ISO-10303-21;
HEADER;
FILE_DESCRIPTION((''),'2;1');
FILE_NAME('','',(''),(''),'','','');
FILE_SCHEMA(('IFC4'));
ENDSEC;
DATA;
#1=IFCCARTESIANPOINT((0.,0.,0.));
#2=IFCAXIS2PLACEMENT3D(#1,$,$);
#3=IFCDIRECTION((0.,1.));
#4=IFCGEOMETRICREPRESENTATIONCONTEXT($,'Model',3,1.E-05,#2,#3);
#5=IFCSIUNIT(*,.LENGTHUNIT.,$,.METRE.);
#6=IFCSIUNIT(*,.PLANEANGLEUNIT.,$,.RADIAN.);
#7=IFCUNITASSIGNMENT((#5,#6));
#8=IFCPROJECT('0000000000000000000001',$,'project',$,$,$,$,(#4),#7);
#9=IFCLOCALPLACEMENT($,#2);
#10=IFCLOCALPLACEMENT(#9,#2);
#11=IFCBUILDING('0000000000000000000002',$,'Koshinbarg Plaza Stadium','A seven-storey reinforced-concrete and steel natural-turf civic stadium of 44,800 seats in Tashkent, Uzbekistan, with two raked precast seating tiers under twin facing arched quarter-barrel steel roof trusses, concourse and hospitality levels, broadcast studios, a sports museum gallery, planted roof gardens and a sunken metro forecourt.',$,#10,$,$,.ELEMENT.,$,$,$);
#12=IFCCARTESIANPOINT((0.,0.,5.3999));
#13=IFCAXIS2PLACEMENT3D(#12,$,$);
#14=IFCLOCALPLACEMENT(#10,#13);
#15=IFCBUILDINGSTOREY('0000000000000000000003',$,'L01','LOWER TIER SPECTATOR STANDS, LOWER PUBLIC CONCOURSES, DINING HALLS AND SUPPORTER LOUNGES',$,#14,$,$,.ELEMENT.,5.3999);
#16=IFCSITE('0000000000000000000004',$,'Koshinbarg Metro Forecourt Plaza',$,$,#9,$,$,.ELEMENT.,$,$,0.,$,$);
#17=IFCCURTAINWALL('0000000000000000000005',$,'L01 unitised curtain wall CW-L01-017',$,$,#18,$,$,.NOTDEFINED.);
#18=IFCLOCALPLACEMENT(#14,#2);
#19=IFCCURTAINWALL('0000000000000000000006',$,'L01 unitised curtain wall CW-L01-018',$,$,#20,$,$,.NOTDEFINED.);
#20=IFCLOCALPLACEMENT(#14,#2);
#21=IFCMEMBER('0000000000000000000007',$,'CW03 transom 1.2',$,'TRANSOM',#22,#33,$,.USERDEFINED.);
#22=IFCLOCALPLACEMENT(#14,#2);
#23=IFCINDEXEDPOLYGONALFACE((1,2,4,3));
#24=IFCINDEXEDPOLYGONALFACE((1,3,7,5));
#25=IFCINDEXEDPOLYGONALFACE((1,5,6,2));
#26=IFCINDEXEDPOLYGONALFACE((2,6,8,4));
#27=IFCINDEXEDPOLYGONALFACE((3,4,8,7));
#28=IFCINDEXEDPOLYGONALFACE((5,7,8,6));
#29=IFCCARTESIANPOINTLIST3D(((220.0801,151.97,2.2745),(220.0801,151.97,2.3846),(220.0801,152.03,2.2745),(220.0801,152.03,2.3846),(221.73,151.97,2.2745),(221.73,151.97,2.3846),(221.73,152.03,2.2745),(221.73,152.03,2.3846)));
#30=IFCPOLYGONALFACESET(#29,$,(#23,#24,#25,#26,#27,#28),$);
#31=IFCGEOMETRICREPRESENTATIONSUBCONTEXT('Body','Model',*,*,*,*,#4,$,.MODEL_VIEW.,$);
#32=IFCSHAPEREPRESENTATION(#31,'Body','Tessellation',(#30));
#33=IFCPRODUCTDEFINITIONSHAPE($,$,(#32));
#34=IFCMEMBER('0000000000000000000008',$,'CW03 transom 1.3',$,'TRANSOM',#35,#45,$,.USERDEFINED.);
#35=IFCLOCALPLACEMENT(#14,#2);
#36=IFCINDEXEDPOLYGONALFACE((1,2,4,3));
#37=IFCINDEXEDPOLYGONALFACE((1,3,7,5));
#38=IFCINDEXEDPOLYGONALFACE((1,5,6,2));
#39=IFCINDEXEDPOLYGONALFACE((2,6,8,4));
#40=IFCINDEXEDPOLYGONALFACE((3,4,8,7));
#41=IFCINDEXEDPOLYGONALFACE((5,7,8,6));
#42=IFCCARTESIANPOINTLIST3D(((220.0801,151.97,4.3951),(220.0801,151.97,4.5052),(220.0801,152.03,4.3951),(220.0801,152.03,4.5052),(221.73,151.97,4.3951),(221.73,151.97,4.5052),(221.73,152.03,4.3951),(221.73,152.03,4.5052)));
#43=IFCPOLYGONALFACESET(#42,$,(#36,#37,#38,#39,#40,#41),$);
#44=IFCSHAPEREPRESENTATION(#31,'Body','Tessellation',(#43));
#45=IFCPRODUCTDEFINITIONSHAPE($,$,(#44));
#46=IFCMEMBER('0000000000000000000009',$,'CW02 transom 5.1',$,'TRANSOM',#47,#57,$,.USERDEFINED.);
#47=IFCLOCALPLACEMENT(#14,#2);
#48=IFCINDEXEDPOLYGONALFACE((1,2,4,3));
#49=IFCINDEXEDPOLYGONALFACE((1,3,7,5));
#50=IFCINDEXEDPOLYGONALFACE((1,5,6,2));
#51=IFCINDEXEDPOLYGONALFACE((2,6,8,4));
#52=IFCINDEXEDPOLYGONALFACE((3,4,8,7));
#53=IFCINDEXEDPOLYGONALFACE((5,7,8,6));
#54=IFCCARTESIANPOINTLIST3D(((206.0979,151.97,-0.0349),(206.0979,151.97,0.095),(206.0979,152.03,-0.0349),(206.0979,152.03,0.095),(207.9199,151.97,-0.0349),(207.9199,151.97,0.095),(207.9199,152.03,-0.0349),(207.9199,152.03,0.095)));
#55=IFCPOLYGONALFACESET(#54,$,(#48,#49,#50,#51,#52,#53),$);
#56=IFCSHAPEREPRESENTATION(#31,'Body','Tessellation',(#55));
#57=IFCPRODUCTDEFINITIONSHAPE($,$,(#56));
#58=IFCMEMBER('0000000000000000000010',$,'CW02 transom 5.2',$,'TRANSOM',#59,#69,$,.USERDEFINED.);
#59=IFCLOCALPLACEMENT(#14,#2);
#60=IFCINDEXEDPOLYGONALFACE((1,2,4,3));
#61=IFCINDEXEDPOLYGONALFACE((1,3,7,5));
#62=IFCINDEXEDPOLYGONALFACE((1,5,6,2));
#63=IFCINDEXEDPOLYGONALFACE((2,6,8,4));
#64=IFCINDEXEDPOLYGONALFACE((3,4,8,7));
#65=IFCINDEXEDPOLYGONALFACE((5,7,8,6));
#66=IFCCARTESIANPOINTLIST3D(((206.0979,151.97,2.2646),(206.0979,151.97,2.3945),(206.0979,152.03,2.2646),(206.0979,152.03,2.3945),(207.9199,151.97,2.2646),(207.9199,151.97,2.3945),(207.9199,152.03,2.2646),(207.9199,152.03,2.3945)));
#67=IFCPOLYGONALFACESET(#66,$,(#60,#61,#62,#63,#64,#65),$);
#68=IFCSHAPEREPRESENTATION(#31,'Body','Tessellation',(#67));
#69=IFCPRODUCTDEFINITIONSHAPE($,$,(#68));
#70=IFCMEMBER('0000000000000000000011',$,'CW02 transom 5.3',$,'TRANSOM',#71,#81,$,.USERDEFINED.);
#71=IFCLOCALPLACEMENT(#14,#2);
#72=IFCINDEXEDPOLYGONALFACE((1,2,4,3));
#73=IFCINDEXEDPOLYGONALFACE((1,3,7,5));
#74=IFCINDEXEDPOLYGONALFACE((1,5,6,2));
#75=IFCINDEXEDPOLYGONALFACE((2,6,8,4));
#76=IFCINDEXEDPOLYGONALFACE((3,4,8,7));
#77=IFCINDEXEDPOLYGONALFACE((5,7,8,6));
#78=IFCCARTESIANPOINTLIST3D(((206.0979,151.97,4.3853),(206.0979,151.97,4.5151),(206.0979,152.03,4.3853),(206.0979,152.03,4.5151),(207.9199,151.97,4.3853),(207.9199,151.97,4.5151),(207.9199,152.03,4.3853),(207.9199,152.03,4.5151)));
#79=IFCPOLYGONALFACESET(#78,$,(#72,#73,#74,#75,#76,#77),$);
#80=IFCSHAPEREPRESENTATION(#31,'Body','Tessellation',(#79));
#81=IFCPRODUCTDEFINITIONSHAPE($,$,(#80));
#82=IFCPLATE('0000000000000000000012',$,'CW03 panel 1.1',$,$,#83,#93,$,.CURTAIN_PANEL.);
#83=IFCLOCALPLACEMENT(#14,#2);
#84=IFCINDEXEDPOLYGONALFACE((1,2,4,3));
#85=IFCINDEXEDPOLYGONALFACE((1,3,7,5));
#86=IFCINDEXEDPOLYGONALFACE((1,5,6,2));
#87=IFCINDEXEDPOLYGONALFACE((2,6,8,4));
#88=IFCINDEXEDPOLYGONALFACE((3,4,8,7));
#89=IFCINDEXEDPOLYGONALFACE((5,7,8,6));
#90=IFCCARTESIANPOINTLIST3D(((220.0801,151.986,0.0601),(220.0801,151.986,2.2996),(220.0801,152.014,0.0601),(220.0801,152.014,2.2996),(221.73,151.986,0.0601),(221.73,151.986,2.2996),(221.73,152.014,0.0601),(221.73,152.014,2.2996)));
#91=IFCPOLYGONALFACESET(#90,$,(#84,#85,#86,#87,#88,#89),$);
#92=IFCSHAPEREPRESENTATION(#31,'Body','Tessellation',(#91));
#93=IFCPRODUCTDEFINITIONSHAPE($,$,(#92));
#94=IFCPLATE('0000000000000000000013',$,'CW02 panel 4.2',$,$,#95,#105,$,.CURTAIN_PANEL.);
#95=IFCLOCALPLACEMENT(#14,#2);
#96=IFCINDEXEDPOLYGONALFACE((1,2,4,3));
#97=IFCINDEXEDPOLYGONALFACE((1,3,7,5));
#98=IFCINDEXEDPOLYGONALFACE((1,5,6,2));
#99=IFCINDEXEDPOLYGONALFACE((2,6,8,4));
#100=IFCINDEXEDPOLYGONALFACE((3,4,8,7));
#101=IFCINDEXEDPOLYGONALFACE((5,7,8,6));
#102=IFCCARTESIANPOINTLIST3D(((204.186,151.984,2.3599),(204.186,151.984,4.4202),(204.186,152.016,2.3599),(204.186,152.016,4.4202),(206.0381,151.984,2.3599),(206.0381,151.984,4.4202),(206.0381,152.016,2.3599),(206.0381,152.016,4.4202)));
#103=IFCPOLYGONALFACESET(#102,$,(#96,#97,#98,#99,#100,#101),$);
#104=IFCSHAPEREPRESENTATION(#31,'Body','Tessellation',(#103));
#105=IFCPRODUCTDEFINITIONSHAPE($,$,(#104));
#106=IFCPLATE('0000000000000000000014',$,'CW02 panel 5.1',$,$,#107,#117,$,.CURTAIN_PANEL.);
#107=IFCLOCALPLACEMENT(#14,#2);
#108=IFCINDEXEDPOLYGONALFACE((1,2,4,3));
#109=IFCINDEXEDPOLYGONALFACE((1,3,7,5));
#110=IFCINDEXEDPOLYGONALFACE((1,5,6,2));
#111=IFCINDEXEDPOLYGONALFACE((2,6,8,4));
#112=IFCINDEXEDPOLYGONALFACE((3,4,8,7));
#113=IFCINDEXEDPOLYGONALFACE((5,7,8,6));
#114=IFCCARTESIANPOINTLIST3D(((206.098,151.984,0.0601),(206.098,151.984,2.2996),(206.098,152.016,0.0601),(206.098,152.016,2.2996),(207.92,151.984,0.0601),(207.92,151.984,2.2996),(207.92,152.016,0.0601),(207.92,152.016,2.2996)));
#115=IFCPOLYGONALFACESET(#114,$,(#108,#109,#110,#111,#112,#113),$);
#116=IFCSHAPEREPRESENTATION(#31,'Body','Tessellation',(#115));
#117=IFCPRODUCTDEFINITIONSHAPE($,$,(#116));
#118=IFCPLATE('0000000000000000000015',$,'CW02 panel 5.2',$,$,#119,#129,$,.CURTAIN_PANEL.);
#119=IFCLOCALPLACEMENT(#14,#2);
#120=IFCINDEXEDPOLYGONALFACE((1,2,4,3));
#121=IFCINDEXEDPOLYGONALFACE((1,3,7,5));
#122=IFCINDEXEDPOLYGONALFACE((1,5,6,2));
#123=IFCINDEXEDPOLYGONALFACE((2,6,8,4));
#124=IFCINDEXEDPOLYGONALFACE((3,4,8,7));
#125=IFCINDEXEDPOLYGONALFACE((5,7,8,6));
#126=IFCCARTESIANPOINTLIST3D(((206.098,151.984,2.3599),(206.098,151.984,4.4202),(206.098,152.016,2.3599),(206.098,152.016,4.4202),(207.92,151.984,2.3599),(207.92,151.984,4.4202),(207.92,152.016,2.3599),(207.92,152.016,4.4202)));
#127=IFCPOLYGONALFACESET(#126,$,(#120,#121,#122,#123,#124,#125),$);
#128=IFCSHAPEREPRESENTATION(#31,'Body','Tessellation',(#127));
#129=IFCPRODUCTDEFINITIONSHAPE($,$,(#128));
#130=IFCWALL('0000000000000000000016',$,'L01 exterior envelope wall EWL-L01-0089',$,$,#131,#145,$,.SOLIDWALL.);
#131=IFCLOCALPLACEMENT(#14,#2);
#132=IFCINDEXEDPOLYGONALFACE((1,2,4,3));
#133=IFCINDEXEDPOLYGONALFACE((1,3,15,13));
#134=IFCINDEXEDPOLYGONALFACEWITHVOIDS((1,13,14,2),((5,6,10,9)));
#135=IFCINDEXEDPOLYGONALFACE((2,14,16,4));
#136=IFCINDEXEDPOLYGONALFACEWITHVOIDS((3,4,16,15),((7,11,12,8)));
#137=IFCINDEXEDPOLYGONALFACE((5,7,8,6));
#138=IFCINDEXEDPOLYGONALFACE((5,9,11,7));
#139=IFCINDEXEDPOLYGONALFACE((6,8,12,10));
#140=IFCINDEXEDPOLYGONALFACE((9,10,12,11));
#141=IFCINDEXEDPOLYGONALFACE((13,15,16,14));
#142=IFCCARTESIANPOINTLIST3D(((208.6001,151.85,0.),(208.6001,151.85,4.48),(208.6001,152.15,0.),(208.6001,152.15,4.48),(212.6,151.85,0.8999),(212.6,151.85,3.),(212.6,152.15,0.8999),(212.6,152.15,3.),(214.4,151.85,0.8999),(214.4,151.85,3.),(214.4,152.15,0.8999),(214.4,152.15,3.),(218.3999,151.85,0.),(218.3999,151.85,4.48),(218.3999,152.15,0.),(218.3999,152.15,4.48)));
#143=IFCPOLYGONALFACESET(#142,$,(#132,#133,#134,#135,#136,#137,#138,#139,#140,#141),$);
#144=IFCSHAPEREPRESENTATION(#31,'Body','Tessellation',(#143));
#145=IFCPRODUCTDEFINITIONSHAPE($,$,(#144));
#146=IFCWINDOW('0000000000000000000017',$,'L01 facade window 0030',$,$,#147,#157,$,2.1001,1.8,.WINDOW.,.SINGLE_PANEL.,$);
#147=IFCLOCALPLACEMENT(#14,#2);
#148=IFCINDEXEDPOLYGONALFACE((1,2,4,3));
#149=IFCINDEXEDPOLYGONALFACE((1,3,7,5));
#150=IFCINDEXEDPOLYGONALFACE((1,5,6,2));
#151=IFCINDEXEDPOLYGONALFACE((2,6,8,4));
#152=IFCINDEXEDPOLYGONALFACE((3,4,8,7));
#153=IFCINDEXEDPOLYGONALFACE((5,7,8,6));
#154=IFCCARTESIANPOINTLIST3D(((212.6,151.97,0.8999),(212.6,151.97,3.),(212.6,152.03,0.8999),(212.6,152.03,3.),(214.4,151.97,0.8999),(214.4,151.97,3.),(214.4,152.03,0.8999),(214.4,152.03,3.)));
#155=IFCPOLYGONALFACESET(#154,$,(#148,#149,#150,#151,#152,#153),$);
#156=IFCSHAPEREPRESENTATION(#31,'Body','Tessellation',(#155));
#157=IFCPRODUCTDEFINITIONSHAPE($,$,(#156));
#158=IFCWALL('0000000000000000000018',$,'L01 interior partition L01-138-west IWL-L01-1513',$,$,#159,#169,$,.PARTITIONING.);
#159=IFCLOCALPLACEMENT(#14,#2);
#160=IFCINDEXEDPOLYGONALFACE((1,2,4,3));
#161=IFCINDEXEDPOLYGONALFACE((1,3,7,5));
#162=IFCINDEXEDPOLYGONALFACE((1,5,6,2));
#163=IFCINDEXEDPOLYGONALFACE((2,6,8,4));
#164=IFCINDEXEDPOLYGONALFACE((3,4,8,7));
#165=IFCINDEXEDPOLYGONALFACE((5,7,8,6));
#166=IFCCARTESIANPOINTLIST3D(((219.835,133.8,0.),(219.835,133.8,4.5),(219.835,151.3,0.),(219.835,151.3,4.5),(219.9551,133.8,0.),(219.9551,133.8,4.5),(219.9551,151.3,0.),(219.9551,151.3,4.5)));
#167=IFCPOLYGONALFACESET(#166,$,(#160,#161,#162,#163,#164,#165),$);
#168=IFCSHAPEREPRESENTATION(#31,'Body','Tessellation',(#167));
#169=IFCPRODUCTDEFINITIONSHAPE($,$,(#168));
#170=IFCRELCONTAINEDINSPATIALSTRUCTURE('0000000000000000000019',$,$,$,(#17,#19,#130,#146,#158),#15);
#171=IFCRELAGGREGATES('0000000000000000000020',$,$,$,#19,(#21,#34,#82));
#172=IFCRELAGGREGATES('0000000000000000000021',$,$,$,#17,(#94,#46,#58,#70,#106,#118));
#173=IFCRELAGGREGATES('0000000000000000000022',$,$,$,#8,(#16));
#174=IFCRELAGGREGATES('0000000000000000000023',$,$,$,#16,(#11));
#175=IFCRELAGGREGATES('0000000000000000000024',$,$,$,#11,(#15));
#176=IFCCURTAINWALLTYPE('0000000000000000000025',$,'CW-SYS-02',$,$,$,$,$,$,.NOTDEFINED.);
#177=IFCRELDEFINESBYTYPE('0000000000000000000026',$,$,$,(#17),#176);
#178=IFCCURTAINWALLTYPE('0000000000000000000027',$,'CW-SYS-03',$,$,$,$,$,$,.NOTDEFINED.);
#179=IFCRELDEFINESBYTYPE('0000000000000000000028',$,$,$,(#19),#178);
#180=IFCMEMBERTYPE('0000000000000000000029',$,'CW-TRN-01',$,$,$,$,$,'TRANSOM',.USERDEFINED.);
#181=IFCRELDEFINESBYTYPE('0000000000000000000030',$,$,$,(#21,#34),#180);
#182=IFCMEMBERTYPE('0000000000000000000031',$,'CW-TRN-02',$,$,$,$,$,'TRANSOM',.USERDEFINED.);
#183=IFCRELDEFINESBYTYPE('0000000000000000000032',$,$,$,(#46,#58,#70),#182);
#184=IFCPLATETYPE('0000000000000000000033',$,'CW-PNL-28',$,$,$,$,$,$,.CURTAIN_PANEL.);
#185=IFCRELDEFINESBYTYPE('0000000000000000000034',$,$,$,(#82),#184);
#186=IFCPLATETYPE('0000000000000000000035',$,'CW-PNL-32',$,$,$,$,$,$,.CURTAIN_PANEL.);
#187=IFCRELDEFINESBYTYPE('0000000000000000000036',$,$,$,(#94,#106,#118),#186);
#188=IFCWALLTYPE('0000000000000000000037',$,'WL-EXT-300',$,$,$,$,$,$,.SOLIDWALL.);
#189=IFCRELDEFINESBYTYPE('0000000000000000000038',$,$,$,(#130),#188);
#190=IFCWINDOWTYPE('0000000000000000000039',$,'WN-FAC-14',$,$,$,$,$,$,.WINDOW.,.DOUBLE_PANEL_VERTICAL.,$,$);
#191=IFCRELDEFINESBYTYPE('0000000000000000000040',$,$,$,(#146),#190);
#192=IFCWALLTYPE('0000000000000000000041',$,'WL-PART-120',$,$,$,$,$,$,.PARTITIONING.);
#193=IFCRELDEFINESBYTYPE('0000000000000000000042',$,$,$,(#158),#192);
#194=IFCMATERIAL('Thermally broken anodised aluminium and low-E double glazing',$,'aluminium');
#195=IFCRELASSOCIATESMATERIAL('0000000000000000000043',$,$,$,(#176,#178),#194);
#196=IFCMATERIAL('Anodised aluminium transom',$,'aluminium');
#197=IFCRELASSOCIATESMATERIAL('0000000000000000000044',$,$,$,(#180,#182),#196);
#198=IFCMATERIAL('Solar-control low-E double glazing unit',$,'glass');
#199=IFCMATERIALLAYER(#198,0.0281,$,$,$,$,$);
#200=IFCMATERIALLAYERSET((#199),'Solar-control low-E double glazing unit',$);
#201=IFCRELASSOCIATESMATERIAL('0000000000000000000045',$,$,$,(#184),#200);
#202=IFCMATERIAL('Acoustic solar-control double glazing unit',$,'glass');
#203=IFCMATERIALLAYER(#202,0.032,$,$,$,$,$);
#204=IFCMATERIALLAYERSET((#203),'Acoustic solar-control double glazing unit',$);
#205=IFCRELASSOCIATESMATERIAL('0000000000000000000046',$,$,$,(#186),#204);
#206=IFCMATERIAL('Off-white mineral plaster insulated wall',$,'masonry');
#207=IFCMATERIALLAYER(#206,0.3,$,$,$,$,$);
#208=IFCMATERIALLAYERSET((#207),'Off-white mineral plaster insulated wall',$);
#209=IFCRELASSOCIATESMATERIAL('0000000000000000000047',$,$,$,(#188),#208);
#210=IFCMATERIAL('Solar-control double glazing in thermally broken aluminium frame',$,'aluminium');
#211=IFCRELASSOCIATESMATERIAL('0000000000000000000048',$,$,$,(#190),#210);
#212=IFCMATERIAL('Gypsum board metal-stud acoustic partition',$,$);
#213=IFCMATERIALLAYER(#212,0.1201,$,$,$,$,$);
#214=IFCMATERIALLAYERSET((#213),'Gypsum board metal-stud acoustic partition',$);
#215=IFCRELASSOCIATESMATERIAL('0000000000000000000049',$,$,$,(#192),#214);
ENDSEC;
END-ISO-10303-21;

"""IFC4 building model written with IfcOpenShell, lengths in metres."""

from ifc_helpers import new_model, si_unit, direction, frame, frame_2d, origin, origin_2d, place, context, subcontext, project, spatial, rectangle, extrude, material, layer, layer_set, material_profile, profile_set, type_object, element, fill, aggregate, save


model = new_model("IFC4")

# Units and contexts
model_context = context("Model", 3, precision=1e-05, world=origin(), true_north=direction((0.0, 1.0)))
body_context = subcontext(model_context, "Body", "Model", "MODEL_VIEW")
ifc_project = project(units=[si_unit("LENGTHUNIT", "METRE"), si_unit("PLANEANGLEUNIT", "RADIAN")], contexts=[model_context])

# Site, building, storey
site_placement = place(None, origin())
site = spatial("IfcSite", under=ifc_project, at=site_placement, Name="Koshinbarg Metro Forecourt Plaza", CompositionType="ELEMENT", RefElevation=0.0)
building_placement = place(site_placement, origin())
building = spatial("IfcBuilding", under=site, at=building_placement, Name="Koshinbarg Plaza Stadium", Description="A seven-storey reinforced-concrete and steel natural-turf civic stadium of 44,800 seats in Tashkent, Uzbekistan, with two raked precast seating tiers under twin facing arched quarter-barrel steel roof trusses, concourse and hospitality levels, broadcast studios, a sports museum gallery, planted roof gardens and a sunken metro forecourt.", CompositionType="ELEMENT")
storey_placement = place(building_placement, frame((0.0, 0.0, 5.3999)))
storey = spatial("IfcBuildingStorey", under=building, at=storey_placement, Name="L01", Description="LOWER TIER SPECTATOR STANDS, LOWER PUBLIC CONCOURSES, DINING HALLS AND SUPPORTER LOUNGES", CompositionType="ELEMENT", Elevation=5.3999)

# Curtain walls, members
ifc_material_1 = material(Name="Thermally broken anodised aluminium and low-E double glazing", Category="aluminium")
curtain_wall_type_1 = type_object("IfcCurtainWallType", Name="CW-SYS-02", PredefinedType="NOTDEFINED", material=ifc_material_1)
curtain_wall_1_placement = place(storey_placement, origin())
curtain_wall_1 = element("IfcCurtainWall", 1, at=curtain_wall_1_placement, inside=storey, type_object=curtain_wall_type_1, Name="L01 unitised curtain wall CW-L01-017", PredefinedType="NOTDEFINED")
curtain_wall_type_2 = type_object("IfcCurtainWallType", Name="CW-SYS-03", PredefinedType="NOTDEFINED", material=ifc_material_1)
curtain_wall_2_placement = place(storey_placement, origin())
curtain_wall_2 = element("IfcCurtainWall", 2, at=curtain_wall_2_placement, inside=storey, type_object=curtain_wall_type_2, Name="L01 unitised curtain wall CW-L01-018", PredefinedType="NOTDEFINED")
ifc_material_2 = material(Name="Anodised aluminium transom", Category="aluminium")
ifc_material_profile_1 = material_profile(ifc_material_2, rectangle(XDim=0.0601, YDim=0.1101, at=origin_2d()), Name="ALU 60x110")
ifc_profile_set_1 = profile_set([ifc_material_profile_1], Name="Anodised aluminium transom")
member_type_1 = type_object("IfcMemberType", Name="CW-TRN-01", ElementType="TRANSOM", PredefinedType="USERDEFINED", material=ifc_profile_set_1)
member_1_placement = place(storey_placement, frame((220.0801, 152.0, 2.3296), z_axis=(1.0, 0.0, 0.0), x_axis=(0.0, 1.0, 0.0)))
member_1 = element("IfcMember", 3, at=member_1_placement, type_object=member_type_1, Name="CW03 transom 1.2", ObjectType="TRANSOM", PredefinedType="USERDEFINED", context=body_context, shape_type="SweptSolid", body=[
    extrude(rectangle(XDim=0.0601, YDim=0.1101, at=origin_2d()), origin(), (0.0, 0.0, 1.0), 1.6499),
])
member_2_placement = place(storey_placement, frame((220.0801, 152.0, 4.4502), z_axis=(1.0, 0.0, 0.0), x_axis=(0.0, 1.0, 0.0)))
member_2 = element("IfcMember", 4, at=member_2_placement, type_object=member_type_1, Name="CW03 transom 1.3", ObjectType="TRANSOM", PredefinedType="USERDEFINED", context=body_context, shape_type="SweptSolid", body=[
    extrude(rectangle(XDim=0.0601, YDim=0.1101, at=origin_2d()), origin(), (0.0, 0.0, 1.0), 1.6499),
])

# Members
ifc_material_profile_2 = material_profile(ifc_material_2, rectangle(XDim=0.0601, YDim=0.1299, at=origin_2d()), Name="ALU 60x130")
ifc_profile_set_2 = profile_set([ifc_material_profile_2], Name="Anodised aluminium transom")
member_type_2 = type_object("IfcMemberType", Name="CW-TRN-02", ElementType="TRANSOM", PredefinedType="USERDEFINED", material=ifc_profile_set_2)
member_3_placement = place(storey_placement, frame((206.0979, 152.0, 0.03), z_axis=(1.0, 0.0, 0.0), x_axis=(0.0, 1.0, 0.0)))
member_3 = element("IfcMember", 5, at=member_3_placement, type_object=member_type_2, Name="CW02 transom 5.1", ObjectType="TRANSOM", PredefinedType="USERDEFINED", context=body_context, shape_type="SweptSolid", body=[
    extrude(rectangle(XDim=0.0601, YDim=0.1299, at=origin_2d()), origin(), (0.0, 0.0, 1.0), 1.822),
])
member_4_placement = place(storey_placement, frame((206.0979, 152.0, 2.3296), z_axis=(1.0, 0.0, 0.0), x_axis=(0.0, 1.0, 0.0)))
member_4 = element("IfcMember", 6, at=member_4_placement, type_object=member_type_2, Name="CW02 transom 5.2", ObjectType="TRANSOM", PredefinedType="USERDEFINED", context=body_context, shape_type="SweptSolid", body=[
    extrude(rectangle(XDim=0.0601, YDim=0.1299, at=origin_2d()), origin(), (0.0, 0.0, 1.0), 1.822),
])
member_5_placement = place(storey_placement, frame((206.0979, 152.0, 4.4502), z_axis=(1.0, 0.0, 0.0), x_axis=(0.0, 1.0, 0.0)))
member_5 = element("IfcMember", 7, at=member_5_placement, type_object=member_type_2, Name="CW02 transom 5.3", ObjectType="TRANSOM", PredefinedType="USERDEFINED", context=body_context, shape_type="SweptSolid", body=[
    extrude(rectangle(XDim=0.0601, YDim=0.1299, at=origin_2d()), origin(), (0.0, 0.0, 1.0), 1.822),
])

# Plates
ifc_material_3 = material(Name="Solar-control low-E double glazing unit", Category="glass")
ifc_layer_1 = layer(ifc_material_3, 0.0281)
ifc_layer_set_1 = layer_set([ifc_layer_1], Name="Solar-control low-E double glazing unit")
plate_type_1 = type_object("IfcPlateType", Name="CW-PNL-28", PredefinedType="CURTAIN_PANEL", material=ifc_layer_set_1)
plate_1_placement = place(storey_placement, frame((220.905, 152.0, 0.0601), z_axis=(0.0, 0.0, 1.0), x_axis=(1.0, 0.0, 0.0)))
plate_1 = element("IfcPlate", 8, at=plate_1_placement, type_object=plate_type_1, Name="CW03 panel 1.1", PredefinedType="CURTAIN_PANEL", context=body_context, shape_type="SweptSolid", body=[
    extrude(rectangle(XDim=1.6499, YDim=0.0281, at=origin_2d()), origin(), (0.0, 0.0, 1.0), 2.2395),
])
aggregate(curtain_wall_2, [member_1, member_2, plate_1])
ifc_material_4 = material(Name="Acoustic solar-control double glazing unit", Category="glass")
ifc_layer_2 = layer(ifc_material_4, 0.032)
ifc_layer_set_2 = layer_set([ifc_layer_2], Name="Acoustic solar-control double glazing unit")
plate_type_2 = type_object("IfcPlateType", Name="CW-PNL-32", PredefinedType="CURTAIN_PANEL", material=ifc_layer_set_2)
plate_2_placement = place(storey_placement, frame((205.1121, 152.0, 2.3599), z_axis=(0.0, 0.0, 1.0), x_axis=(1.0, 0.0, 0.0)))
plate_2 = element("IfcPlate", 9, at=plate_2_placement, type_object=plate_type_2, Name="CW02 panel 4.2", PredefinedType="CURTAIN_PANEL", context=body_context, shape_type="SweptSolid", body=[
    extrude(rectangle(XDim=1.8521, YDim=0.032, at=origin_2d()), origin(), (0.0, 0.0, 1.0), 2.0603),
])
plate_3_placement = place(storey_placement, frame((207.009, 152.0, 0.0601), z_axis=(0.0, 0.0, 1.0), x_axis=(1.0, 0.0, 0.0)))
plate_3 = element("IfcPlate", 10, at=plate_3_placement, type_object=plate_type_2, Name="CW02 panel 5.1", PredefinedType="CURTAIN_PANEL", context=body_context, shape_type="SweptSolid", body=[
    extrude(rectangle(XDim=1.822, YDim=0.032, at=origin_2d()), origin(), (0.0, 0.0, 1.0), 2.2395),
])
plate_4_placement = place(storey_placement, frame((207.009, 152.0, 2.3599), z_axis=(0.0, 0.0, 1.0), x_axis=(1.0, 0.0, 0.0)))
plate_4 = element("IfcPlate", 11, at=plate_4_placement, type_object=plate_type_2, Name="CW02 panel 5.2", PredefinedType="CURTAIN_PANEL", context=body_context, shape_type="SweptSolid", body=[
    extrude(rectangle(XDim=1.822, YDim=0.032, at=origin_2d()), origin(), (0.0, 0.0, 1.0), 2.0603),
])
aggregate(curtain_wall_1, [plate_2, member_3, member_4, member_5, plate_3, plate_4])

# Wall, opening, window
ifc_material_5 = material(Name="Off-white mineral plaster insulated wall", Category="masonry")
ifc_layer_3 = layer(ifc_material_5, 0.3)
ifc_layer_set_3 = layer_set([ifc_layer_3], Name="Off-white mineral plaster insulated wall")
wall_type_1 = type_object("IfcWallType", Name="WL-EXT-300", PredefinedType="SOLIDWALL", material=ifc_layer_set_3)
wall_1_placement = place(storey_placement, frame((208.6001, 152.0, 0.0), z_axis=(0.0, 0.0, 1.0), x_axis=(1.0, 0.0, 0.0)))
wall_1 = element("IfcWall", 12, at=wall_1_placement, inside=storey, type_object=wall_type_1, Name="L01 exterior envelope wall EWL-L01-0089", PredefinedType="SOLIDWALL", context=body_context, shape_type="SweptSolid", body=[
    extrude(rectangle(XDim=9.7998, YDim=0.3, at=frame_2d((4.8999, 0.0))), origin(), (0.0, 0.0, 1.0), 4.48),
])
opening_placement = place(wall_1_placement, frame((4.0, 0.0, 0.8999)))
opening = element("IfcOpeningElement", 13, at=opening_placement, cuts=wall_1, PredefinedType="OPENING", context=body_context, shape_type="SweptSolid", body=[
    extrude(rectangle(XDim=1.8, YDim=2.1001, at=frame_2d((0.8999, 1.05))), frame((0.0, 0.1599, 0.0), z_axis=(0.0, -1.0, 0.0), x_axis=(1.0, 0.0, 0.0)), (0.0, 0.0, 1.0), 0.3201),
])
ifc_material_6 = material(Name="Solar-control double glazing in thermally broken aluminium frame", Category="aluminium")
window_type = type_object("IfcWindowType", Name="WN-FAC-14", PartitioningType="DOUBLE_PANEL_VERTICAL", PredefinedType="WINDOW", material=ifc_material_6)
window_placement = place(opening_placement, origin())
window = element("IfcWindow", 14, at=window_placement, inside=storey, type_object=window_type, Name="L01 facade window 0030", OverallHeight=2.1001, OverallWidth=1.8, PartitioningType="SINGLE_PANEL", PredefinedType="WINDOW", context=body_context, shape_type="SweptSolid", body=[
    extrude(rectangle(XDim=1.8, YDim=2.1001, at=frame_2d((0.8999, 1.05))), frame((0.0, 0.03, 0.0), z_axis=(0.0, -1.0, 0.0), x_axis=(1.0, 0.0, 0.0)), (0.0, 0.0, 1.0), 0.0601),
])
fill(opening, window)

# Wall
ifc_material_7 = material(Name="Gypsum board metal-stud acoustic partition")
ifc_layer_4 = layer(ifc_material_7, 0.1201)
ifc_layer_set_4 = layer_set([ifc_layer_4], Name="Gypsum board metal-stud acoustic partition")
wall_type_2 = type_object("IfcWallType", Name="WL-PART-120", PredefinedType="PARTITIONING", material=ifc_layer_set_4)
wall_2_placement = place(storey_placement, frame((219.895, 151.3, 0.0), z_axis=(0.0, 0.0, 1.0), x_axis=(0.0, -1.0, 0.0)))
element("IfcWall", 15, at=wall_2_placement, inside=storey, type_object=wall_type_2, Name="L01 interior partition L01-138-west IWL-L01-1513", PredefinedType="PARTITIONING", context=body_context, shape_type="SweptSolid", body=[
    extrude(rectangle(XDim=17.5, YDim=0.1201, at=frame_2d((8.75, 0.0))), origin(), (0.0, 0.0, 1.0), 4.5),
])

save(model, "model.ifc")
